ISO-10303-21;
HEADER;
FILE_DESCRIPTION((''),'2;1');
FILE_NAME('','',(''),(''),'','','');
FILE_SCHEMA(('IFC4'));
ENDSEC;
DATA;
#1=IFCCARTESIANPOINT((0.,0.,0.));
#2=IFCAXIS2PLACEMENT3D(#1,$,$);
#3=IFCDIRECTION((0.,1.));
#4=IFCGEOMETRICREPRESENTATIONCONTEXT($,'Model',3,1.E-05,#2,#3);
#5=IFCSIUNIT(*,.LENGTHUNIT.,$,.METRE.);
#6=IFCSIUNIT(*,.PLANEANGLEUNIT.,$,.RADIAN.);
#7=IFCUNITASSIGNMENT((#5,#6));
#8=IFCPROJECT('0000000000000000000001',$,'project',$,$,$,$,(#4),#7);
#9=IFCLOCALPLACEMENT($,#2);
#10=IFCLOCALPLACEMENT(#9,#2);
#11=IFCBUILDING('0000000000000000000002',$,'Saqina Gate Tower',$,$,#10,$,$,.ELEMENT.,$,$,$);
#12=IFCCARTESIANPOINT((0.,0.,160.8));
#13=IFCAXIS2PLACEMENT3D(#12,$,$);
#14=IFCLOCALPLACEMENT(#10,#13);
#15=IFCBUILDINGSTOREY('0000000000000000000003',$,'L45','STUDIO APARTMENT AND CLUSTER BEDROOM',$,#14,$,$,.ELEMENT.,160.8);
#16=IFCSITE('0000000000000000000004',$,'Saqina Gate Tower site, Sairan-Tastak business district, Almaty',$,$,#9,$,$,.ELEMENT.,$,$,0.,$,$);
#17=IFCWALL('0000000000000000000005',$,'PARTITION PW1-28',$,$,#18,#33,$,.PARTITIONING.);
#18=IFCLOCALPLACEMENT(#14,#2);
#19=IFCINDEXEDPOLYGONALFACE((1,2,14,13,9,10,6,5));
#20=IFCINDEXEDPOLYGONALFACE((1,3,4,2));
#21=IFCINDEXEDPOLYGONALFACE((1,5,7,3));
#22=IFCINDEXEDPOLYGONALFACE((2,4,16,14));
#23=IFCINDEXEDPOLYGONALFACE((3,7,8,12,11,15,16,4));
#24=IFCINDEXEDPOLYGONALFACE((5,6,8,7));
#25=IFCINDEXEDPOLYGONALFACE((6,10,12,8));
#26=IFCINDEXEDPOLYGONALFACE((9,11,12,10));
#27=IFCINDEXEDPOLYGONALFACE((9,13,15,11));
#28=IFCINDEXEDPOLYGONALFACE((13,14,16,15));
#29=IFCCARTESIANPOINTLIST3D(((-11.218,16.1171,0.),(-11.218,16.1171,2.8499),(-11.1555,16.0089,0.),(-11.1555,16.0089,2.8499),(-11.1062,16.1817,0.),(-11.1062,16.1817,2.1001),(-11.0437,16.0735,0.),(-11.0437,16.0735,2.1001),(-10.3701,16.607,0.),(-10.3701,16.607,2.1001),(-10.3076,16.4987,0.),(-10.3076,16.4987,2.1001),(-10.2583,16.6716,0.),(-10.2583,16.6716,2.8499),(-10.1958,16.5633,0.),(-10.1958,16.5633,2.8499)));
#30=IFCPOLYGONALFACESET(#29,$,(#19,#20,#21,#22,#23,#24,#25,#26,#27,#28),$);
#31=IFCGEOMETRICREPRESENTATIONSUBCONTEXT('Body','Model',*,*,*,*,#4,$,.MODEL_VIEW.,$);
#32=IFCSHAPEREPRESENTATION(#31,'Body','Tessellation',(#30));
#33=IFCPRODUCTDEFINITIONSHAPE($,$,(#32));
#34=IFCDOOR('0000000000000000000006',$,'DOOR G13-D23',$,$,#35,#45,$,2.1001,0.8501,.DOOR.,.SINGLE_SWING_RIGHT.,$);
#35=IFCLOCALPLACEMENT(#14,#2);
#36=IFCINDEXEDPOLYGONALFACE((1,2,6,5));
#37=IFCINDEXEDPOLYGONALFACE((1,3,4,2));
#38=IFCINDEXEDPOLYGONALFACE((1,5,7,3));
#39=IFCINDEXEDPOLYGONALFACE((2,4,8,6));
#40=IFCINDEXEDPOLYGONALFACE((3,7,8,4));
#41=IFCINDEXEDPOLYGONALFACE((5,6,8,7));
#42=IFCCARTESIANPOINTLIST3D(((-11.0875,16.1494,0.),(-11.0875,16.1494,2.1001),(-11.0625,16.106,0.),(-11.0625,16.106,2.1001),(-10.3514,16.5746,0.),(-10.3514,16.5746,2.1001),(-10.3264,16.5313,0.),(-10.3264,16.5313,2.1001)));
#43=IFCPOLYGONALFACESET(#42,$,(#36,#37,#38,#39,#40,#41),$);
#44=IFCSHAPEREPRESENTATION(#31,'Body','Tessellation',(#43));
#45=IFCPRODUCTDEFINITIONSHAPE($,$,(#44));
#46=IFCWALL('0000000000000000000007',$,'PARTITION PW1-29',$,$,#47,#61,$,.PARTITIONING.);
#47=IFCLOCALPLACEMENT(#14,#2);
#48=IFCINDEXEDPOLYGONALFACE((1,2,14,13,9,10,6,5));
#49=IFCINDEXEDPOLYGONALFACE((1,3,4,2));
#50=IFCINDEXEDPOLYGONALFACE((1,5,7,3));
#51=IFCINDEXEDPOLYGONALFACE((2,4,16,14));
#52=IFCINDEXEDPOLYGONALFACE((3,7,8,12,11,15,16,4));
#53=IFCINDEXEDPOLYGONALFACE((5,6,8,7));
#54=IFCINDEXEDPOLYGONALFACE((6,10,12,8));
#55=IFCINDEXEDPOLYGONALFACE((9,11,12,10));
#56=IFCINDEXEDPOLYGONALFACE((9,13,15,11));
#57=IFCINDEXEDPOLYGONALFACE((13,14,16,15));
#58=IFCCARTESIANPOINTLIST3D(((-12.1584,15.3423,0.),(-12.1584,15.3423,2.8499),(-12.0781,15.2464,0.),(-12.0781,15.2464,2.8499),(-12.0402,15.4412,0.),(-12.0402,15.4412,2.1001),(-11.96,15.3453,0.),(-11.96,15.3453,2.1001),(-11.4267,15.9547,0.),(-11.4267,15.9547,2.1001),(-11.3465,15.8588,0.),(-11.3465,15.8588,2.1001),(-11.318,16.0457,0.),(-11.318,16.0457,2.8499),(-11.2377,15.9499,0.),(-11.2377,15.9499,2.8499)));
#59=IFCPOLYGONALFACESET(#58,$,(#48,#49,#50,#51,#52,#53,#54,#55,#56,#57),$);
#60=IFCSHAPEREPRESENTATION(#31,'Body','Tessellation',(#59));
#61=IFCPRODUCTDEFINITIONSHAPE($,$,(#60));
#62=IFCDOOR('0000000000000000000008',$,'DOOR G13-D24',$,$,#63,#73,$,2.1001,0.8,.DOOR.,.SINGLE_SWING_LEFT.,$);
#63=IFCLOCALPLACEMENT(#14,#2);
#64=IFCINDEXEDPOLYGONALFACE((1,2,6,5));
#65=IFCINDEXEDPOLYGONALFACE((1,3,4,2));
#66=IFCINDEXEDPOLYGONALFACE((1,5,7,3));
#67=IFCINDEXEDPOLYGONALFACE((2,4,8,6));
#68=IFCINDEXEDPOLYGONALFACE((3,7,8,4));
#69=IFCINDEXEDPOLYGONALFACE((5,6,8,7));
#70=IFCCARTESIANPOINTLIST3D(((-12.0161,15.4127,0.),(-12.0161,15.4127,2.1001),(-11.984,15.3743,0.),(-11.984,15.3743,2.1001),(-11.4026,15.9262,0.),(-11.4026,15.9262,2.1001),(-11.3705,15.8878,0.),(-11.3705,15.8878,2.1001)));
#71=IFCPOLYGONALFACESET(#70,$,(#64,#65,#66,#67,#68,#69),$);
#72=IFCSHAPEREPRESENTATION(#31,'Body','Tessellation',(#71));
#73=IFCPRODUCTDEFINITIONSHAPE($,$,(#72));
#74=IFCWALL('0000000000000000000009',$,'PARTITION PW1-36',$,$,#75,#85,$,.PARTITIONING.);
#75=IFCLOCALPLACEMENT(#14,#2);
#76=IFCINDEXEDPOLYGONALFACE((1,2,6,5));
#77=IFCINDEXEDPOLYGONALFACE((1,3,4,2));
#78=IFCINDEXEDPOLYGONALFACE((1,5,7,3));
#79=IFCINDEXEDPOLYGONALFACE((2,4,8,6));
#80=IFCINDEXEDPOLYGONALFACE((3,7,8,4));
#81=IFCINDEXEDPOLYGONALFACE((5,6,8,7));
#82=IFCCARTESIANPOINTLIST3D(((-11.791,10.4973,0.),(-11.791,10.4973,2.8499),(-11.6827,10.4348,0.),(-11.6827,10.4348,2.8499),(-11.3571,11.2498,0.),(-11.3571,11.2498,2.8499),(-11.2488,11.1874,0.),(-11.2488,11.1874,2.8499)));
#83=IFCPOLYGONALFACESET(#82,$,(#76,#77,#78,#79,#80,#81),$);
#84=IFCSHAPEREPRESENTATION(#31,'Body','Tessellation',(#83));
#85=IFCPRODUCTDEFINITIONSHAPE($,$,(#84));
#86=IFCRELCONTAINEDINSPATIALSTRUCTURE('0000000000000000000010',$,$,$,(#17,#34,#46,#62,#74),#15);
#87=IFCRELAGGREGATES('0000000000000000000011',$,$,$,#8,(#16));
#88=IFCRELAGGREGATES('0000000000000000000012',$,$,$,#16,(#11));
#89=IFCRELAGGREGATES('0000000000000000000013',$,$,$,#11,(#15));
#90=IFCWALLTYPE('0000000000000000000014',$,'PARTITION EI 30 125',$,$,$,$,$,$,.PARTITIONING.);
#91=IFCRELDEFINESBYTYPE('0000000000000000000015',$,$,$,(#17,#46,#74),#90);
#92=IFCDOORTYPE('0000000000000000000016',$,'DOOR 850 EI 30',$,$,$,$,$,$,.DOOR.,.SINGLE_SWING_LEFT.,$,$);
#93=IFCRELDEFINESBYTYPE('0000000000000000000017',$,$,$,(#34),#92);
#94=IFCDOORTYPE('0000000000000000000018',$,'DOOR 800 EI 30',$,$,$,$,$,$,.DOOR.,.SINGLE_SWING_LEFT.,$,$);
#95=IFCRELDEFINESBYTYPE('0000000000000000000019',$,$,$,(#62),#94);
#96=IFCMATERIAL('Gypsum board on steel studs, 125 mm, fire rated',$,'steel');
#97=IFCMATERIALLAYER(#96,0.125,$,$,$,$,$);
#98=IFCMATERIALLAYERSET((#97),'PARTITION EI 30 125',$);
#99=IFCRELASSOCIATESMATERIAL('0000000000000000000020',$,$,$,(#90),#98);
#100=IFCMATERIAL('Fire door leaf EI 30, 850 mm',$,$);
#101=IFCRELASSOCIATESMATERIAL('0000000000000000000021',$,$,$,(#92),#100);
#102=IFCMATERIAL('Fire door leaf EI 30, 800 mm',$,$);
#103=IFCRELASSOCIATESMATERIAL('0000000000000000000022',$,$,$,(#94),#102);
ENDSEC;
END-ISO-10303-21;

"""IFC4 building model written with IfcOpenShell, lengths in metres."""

from ifc_helpers import new_model, si_unit, direction, frame, frame_2d, origin, place, context, subcontext, project, spatial, rectangle, extrude, material, layer, layer_set, type_object, element, fill, save


model = new_model("IFC4")

# Units and contexts
model_context = context("Model", 3, precision=1e-05, world=origin(), true_north=direction((0.0, 1.0)))
body_context = subcontext(model_context, "Body", "Model", "MODEL_VIEW")
ifc_project = project(units=[si_unit("LENGTHUNIT", "METRE"), si_unit("PLANEANGLEUNIT", "RADIAN")], contexts=[model_context])

# Site, building, storey
site_placement = place(None, origin())
site = spatial("IfcSite", under=ifc_project, at=site_placement, Name="Saqina Gate Tower site, Sairan-Tastak business district, Almaty", CompositionType="ELEMENT", RefElevation=0.0)
building_placement = place(site_placement, origin())
building = spatial("IfcBuilding", under=site, at=building_placement, Name="Saqina Gate Tower", CompositionType="ELEMENT")
storey_placement = place(building_placement, frame((0.0, 0.0, 160.8)))
storey = spatial("IfcBuildingStorey", under=building, at=storey_placement, Name="L45", Description="STUDIO APARTMENT AND CLUSTER BEDROOM", CompositionType="ELEMENT", Elevation=160.8)

# Shared definitions
ifc_material_1 = material(Name="Gypsum board on steel studs, 125 mm, fire rated", Category="steel")
ifc_layer_1 = layer(ifc_material_1, 0.125)
ifc_layer_set_1 = layer_set([ifc_layer_1], Name="PARTITION EI 30 125")
wall_type_1 = type_object("IfcWallType", Name="PARTITION EI 30 125", PredefinedType="PARTITIONING", material=ifc_layer_set_1)

# Walls, openings, doors
wall_1_placement = place(storey_placement, frame((-11.1868, 16.063, 0.0), z_axis=(0.0, 0.0, 1.0), x_axis=(0.865888, 0.500237, 0.0)))
wall_1 = element("IfcWall", 1, at=wall_1_placement, inside=storey, type_object=wall_type_1, Name="PARTITION PW1-28", PredefinedType="PARTITIONING", context=body_context, shape_type="SweptSolid", body=[
    extrude(rectangle(XDim=1.1084, YDim=0.125, at=frame_2d((0.5542, 0.0))), origin(), (0.0, 0.0, 1.0), 2.8499),
])
opening_1_placement = place(wall_1_placement, frame((0.1292, 0.0, 0.0)))
opening_1 = element("IfcOpeningElement", 2, at=opening_1_placement, cuts=wall_1, PredefinedType="OPENING", context=body_context, shape_type="SweptSolid", body=[
    extrude(rectangle(XDim=0.8501, YDim=2.1001, at=frame_2d((0.425, 1.05))), frame((0.0, 0.0745, 0.0), z_axis=(0.0, -1.0, 0.0), x_axis=(1.0, 0.0, 0.0)), (0.0, 0.0, 1.0), 0.1489),
])
ifc_material_2 = material(Name="Fire door leaf EI 30, 850 mm")
door_type_1 = type_object("IfcDoorType", Name="DOOR 850 EI 30", OperationType="SINGLE_SWING_LEFT", PredefinedType="DOOR", material=ifc_material_2)
door_1_placement = place(opening_1_placement, frame((0.8501, 0.0, 0.0), z_axis=(0.0, 0.0, 1.0), x_axis=(-1.0, 0.0, 0.0)))
door_1 = element("IfcDoor", 3, at=door_1_placement, inside=storey, type_object=door_type_1, Name="DOOR G13-D23", OperationType="SINGLE_SWING_RIGHT", OverallHeight=2.1001, OverallWidth=0.8501, PredefinedType="DOOR", context=body_context, shape_type="SweptSolid", body=[
    extrude(rectangle(XDim=0.8501, YDim=2.1001, at=frame_2d((0.425, 1.05))), frame((0.0, 0.0249, 0.0), z_axis=(0.0, -1.0, 0.0), x_axis=(1.0, 0.0, 0.0)), (0.0, 0.0, 1.0), 0.05),
])
fill(opening_1, door_1)
wall_2_placement = place(storey_placement, frame((-12.1182, 15.2944, 0.0), z_axis=(0.0, 0.0, 1.0), x_axis=(0.766832, 0.641848, 0.0)))
wall_2 = element("IfcWall", 4, at=wall_2_placement, inside=storey, type_object=wall_type_1, Name="PARTITION PW1-29", PredefinedType="PARTITIONING", context=body_context, shape_type="SweptSolid", body=[
    extrude(rectangle(XDim=1.0959, YDim=0.125, at=frame_2d((0.5479, 0.0))), origin(), (0.0, 0.0, 1.0), 2.8499),
])
opening_2_placement = place(wall_2_placement, frame((0.1541, 0.0, 0.0)))
opening_2 = element("IfcOpeningElement", 5, at=opening_2_placement, cuts=wall_2, PredefinedType="OPENING", context=body_context, shape_type="SweptSolid", body=[
    extrude(rectangle(XDim=0.8, YDim=2.1001, at=frame_2d((0.3999, 1.05))), frame((0.0, 0.0745, 0.0), z_axis=(0.0, -1.0, 0.0), x_axis=(1.0, 0.0, 0.0)), (0.0, 0.0, 1.0), 0.1489),
])
ifc_material_3 = material(Name="Fire door leaf EI 30, 800 mm")
door_type_2 = type_object("IfcDoorType", Name="DOOR 800 EI 30", OperationType="SINGLE_SWING_LEFT", PredefinedType="DOOR", material=ifc_material_3)
door_2_placement = place(opening_2_placement, frame((0.8, 0.0, 0.0), z_axis=(0.0, 0.0, 1.0), x_axis=(-1.0, 0.0, 0.0)))
door_2 = element("IfcDoor", 6, at=door_2_placement, inside=storey, type_object=door_type_2, Name="DOOR G13-D24", OperationType="SINGLE_SWING_LEFT", OverallHeight=2.1001, OverallWidth=0.8, PredefinedType="DOOR", context=body_context, shape_type="SweptSolid", body=[
    extrude(rectangle(XDim=0.8, YDim=2.1001, at=frame_2d((0.3999, 1.05))), frame((0.0, 0.0249, 0.0), z_axis=(0.0, -1.0, 0.0), x_axis=(1.0, 0.0, 0.0)), (0.0, 0.0, 1.0), 0.05),
])
fill(opening_2, door_2)

# Wall
wall_3_placement = place(storey_placement, frame((-11.7368, 10.4661, 0.0), z_axis=(0.0, 0.0, 1.0), x_axis=(0.499495, 0.866317, 0.0)))
element("IfcWall", 7, at=wall_3_placement, inside=storey, type_object=wall_type_1, Name="PARTITION PW1-36", PredefinedType="PARTITIONING", context=body_context, shape_type="SweptSolid", body=[
    extrude(rectangle(XDim=0.8687, YDim=0.125, at=frame_2d((0.4343, 0.0))), origin(), (0.0, 0.0, 1.0), 2.8499),
])

save(model, "model.ifc")
